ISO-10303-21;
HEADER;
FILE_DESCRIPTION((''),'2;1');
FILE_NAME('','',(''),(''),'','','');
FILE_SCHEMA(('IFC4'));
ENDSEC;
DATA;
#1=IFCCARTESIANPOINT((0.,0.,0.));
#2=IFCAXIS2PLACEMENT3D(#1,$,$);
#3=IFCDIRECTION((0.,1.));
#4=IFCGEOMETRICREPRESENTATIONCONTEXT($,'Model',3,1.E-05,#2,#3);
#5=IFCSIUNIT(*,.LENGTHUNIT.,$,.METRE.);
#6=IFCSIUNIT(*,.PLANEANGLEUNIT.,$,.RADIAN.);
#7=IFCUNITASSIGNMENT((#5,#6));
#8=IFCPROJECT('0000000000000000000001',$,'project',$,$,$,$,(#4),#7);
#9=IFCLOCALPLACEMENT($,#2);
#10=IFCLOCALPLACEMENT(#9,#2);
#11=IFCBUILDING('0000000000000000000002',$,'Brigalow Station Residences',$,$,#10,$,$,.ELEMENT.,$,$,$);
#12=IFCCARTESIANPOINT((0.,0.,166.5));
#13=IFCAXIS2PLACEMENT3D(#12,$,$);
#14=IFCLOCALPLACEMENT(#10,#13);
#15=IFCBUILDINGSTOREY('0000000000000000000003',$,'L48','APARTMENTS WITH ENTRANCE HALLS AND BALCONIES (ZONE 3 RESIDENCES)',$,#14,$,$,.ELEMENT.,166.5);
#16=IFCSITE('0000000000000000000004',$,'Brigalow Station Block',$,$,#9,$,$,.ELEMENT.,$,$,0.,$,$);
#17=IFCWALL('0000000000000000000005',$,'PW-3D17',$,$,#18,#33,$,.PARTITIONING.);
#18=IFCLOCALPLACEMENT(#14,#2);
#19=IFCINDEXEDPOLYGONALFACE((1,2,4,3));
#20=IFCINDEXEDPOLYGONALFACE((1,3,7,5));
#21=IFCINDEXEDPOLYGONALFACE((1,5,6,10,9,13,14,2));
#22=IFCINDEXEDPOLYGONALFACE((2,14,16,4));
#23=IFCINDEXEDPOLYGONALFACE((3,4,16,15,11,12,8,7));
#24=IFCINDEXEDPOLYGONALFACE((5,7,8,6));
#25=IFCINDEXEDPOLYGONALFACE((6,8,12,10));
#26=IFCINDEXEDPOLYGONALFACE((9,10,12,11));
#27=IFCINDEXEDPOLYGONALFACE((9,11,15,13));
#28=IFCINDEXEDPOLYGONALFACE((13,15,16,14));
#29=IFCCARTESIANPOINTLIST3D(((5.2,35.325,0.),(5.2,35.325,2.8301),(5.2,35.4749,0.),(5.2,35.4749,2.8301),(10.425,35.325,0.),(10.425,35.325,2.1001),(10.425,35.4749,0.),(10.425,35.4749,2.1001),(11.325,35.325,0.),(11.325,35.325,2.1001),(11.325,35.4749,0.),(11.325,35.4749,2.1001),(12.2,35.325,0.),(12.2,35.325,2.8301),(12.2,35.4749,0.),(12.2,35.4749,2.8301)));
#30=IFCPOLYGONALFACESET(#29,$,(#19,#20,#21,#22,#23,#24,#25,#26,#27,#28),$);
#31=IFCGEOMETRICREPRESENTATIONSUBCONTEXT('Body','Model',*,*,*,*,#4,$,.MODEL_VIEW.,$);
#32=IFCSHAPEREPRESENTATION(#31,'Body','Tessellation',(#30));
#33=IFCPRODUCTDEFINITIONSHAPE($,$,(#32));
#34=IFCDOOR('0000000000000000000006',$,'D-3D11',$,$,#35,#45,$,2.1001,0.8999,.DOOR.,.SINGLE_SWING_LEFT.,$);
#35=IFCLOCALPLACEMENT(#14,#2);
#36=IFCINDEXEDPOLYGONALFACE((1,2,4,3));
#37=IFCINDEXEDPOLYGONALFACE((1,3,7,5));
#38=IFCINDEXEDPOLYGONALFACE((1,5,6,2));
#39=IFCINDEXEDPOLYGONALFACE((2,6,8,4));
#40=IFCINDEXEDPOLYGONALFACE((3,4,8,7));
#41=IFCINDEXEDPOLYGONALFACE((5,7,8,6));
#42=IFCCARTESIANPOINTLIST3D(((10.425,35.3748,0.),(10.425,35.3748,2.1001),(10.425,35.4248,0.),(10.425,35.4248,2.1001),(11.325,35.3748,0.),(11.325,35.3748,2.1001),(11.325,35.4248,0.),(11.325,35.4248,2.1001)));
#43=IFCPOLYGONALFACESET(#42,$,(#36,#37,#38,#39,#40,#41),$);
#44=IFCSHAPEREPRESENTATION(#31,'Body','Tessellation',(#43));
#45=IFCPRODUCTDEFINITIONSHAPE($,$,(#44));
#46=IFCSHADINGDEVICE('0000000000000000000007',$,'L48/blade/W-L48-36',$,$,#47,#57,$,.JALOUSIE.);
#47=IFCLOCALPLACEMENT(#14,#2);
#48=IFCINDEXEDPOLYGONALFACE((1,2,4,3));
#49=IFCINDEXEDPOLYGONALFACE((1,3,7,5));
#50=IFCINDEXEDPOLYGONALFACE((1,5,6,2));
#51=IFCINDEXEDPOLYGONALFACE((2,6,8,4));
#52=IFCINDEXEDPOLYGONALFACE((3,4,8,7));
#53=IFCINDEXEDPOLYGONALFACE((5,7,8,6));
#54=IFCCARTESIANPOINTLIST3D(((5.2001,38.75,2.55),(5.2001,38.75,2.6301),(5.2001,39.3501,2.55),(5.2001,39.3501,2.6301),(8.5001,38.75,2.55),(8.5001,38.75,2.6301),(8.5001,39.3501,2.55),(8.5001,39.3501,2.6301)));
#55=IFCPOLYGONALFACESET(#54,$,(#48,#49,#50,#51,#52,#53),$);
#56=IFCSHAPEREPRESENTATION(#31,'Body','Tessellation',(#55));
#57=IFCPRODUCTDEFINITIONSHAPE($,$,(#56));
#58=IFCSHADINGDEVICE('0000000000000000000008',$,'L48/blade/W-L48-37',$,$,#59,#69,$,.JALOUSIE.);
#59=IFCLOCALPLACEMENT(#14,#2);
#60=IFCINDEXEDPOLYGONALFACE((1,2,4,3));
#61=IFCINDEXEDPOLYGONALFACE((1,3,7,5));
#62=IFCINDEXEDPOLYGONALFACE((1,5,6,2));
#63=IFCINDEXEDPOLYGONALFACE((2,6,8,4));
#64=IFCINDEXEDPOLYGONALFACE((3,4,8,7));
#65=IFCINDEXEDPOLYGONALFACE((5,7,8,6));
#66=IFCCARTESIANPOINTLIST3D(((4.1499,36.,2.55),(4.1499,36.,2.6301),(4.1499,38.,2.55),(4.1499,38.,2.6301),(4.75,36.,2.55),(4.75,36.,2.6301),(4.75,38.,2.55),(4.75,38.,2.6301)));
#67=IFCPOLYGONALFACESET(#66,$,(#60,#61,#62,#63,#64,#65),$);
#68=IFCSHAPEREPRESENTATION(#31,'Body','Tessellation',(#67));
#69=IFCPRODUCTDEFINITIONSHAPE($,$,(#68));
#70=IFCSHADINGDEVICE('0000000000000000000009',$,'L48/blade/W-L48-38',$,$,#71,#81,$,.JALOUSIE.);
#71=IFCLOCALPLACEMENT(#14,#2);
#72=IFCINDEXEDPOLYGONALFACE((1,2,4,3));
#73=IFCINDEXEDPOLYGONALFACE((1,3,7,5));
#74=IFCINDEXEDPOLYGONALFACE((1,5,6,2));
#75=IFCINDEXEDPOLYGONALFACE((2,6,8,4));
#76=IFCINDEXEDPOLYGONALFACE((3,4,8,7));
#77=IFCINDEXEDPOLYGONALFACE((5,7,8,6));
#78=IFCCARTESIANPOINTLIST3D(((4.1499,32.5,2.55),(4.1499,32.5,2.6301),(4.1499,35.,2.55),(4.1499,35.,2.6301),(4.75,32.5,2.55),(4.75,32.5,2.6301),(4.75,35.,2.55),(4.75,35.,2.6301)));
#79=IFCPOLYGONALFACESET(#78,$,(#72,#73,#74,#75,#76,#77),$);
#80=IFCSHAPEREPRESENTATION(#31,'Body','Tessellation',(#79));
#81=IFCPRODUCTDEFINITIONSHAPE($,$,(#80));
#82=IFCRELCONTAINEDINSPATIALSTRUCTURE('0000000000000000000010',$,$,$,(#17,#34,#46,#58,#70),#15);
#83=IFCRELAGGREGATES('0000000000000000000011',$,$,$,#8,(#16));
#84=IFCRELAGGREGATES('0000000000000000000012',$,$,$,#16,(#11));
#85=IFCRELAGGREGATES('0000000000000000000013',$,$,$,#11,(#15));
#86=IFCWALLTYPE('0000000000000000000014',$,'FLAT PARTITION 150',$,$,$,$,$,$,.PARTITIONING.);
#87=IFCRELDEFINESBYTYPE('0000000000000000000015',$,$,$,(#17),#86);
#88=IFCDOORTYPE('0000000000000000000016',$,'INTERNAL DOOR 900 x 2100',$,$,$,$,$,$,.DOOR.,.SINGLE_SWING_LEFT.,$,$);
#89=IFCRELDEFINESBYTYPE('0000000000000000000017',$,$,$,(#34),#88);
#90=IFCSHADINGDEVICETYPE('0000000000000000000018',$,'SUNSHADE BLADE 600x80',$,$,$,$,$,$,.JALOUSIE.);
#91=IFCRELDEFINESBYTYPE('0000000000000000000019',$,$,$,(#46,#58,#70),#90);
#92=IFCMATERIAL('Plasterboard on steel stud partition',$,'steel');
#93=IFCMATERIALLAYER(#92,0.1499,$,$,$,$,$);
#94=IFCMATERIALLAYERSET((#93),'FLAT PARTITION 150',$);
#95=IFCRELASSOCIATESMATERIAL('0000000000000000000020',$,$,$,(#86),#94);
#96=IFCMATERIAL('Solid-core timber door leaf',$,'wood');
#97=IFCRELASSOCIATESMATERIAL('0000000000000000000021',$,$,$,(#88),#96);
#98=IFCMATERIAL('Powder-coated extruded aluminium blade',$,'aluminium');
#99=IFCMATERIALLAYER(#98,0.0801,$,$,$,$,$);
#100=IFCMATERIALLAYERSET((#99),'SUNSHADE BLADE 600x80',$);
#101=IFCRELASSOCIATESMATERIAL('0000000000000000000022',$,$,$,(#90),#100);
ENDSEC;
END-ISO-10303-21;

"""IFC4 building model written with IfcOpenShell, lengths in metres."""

from ifc_helpers import new_model, si_unit, direction, frame, frame_2d, origin, origin_2d, place, context, subcontext, project, spatial, rectangle, extrude, material, layer, layer_set, type_object, element, fill, save


model = new_model("IFC4")

# Units and contexts
model_context = context("Model", 3, precision=1e-05, world=origin(), true_north=direction((0.0, 1.0)))
body_context = subcontext(model_context, "Body", "Model", "MODEL_VIEW")
ifc_project = project(units=[si_unit("LENGTHUNIT", "METRE"), si_unit("PLANEANGLEUNIT", "RADIAN")], contexts=[model_context])

# Site, building, storey
site_placement = place(None, origin())
site = spatial("IfcSite", under=ifc_project, at=site_placement, Name="Brigalow Station Block", CompositionType="ELEMENT", RefElevation=0.0)
building_placement = place(site_placement, origin())
building = spatial("IfcBuilding", under=site, at=building_placement, Name="Brigalow Station Residences", CompositionType="ELEMENT")
storey_placement = place(building_placement, frame((0.0, 0.0, 166.5)))
storey = spatial("IfcBuildingStorey", under=building, at=storey_placement, Name="L48", Description="APARTMENTS WITH ENTRANCE HALLS AND BALCONIES (ZONE 3 RESIDENCES)", CompositionType="ELEMENT", Elevation=166.5)

# Wall, opening, door
ifc_material_1 = material(Name="Plasterboard on steel stud partition", Category="steel")
ifc_layer_1 = layer(ifc_material_1, 0.1499)
ifc_layer_set_1 = layer_set([ifc_layer_1], Name="FLAT PARTITION 150")
wall_type_1 = type_object("IfcWallType", Name="FLAT PARTITION 150", PredefinedType="PARTITIONING", material=ifc_layer_set_1)
wall_1_placement = place(storey_placement, frame((5.2, 35.3999, 0.0), z_axis=(0.0, 0.0, 1.0), x_axis=(1.0, 0.0, 0.0)))
wall_1 = element("IfcWall", 1, at=wall_1_placement, inside=storey, type_object=wall_type_1, Name="PW-3D17", PredefinedType="PARTITIONING", context=body_context, shape_type="SweptSolid", body=[
    extrude(rectangle(XDim=7.0, YDim=0.1499, at=frame_2d((3.5, 0.0))), origin(), (0.0, 0.0, 1.0), 2.8301),
])
opening_1_placement = place(wall_1_placement, frame((5.2251, 0.0, 0.0)))
opening_1 = element("IfcOpeningElement", 2, at=opening_1_placement, cuts=wall_1, PredefinedType="OPENING", context=body_context, shape_type="SweptSolid", body=[
    extrude(rectangle(XDim=0.8999, YDim=2.1001, at=frame_2d((0.45, 1.05))), frame((0.0, 0.085, 0.0), z_axis=(0.0, -1.0, 0.0), x_axis=(1.0, 0.0, 0.0)), (0.0, 0.0, 1.0), 0.1699),
])
ifc_material_2 = material(Name="Solid-core timber door leaf", Category="wood")
door_type = type_object("IfcDoorType", Name="INTERNAL DOOR 900 x 2100", OperationType="SINGLE_SWING_LEFT", PredefinedType="DOOR", material=ifc_material_2)
door_placement = place(opening_1_placement, origin())
door = element("IfcDoor", 3, at=door_placement, inside=storey, type_object=door_type, Name="D-3D11", OperationType="SINGLE_SWING_LEFT", OverallHeight=2.1001, OverallWidth=0.8999, PredefinedType="DOOR", context=body_context, shape_type="SweptSolid", body=[
    extrude(rectangle(XDim=0.8999, YDim=2.1001, at=frame_2d((0.45, 1.05))), frame((0.0, 0.0249, 0.0), z_axis=(0.0, -1.0, 0.0), x_axis=(1.0, 0.0, 0.0)), (0.0, 0.0, 1.0), 0.05),
])
fill(opening_1, door)

# Shading devices
ifc_material_3 = material(Name="Powder-coated extruded aluminium blade", Category="aluminium")
ifc_layer_2 = layer(ifc_material_3, 0.0801)
ifc_layer_set_2 = layer_set([ifc_layer_2], Name="SUNSHADE BLADE 600x80")
shading_device_type = type_object("IfcShadingDeviceType", Name="SUNSHADE BLADE 600x80", PredefinedType="JALOUSIE", material=ifc_layer_set_2)
shading_device_1_placement = place(storey_placement, frame((6.8501, 39.05, 2.55), z_axis=(0.0, 0.0, 1.0), x_axis=(-1.0, 0.0, 0.0)))
element("IfcShadingDevice", 4, at=shading_device_1_placement, inside=storey, type_object=shading_device_type, Name="L48/blade/W-L48-36", PredefinedType="JALOUSIE", context=body_context, shape_type="SweptSolid", body=[
    extrude(rectangle(XDim=3.3, YDim=0.6001, at=origin_2d()), origin(), (0.0, 0.0, 1.0), 0.0801),
])
shading_device_2_placement = place(storey_placement, frame((4.45, 37.0, 2.55), z_axis=(0.0, 0.0, 1.0), x_axis=(0.0, -1.0, 0.0)))
element("IfcShadingDevice", 5, at=shading_device_2_placement, inside=storey, type_object=shading_device_type, Name="L48/blade/W-L48-37", PredefinedType="JALOUSIE", context=body_context, shape_type="SweptSolid", body=[
    extrude(rectangle(XDim=2.0, YDim=0.6001, at=origin_2d()), origin(), (0.0, 0.0, 1.0), 0.0801),
])
shading_device_3_placement = place(storey_placement, frame((4.45, 33.75, 2.55), z_axis=(0.0, 0.0, 1.0), x_axis=(0.0, -1.0, 0.0)))
element("IfcShadingDevice", 6, at=shading_device_3_placement, inside=storey, type_object=shading_device_type, Name="L48/blade/W-L48-38", PredefinedType="JALOUSIE", context=body_context, shape_type="SweptSolid", body=[
    extrude(rectangle(XDim=2.5, YDim=0.6001, at=origin_2d()), origin(), (0.0, 0.0, 1.0), 0.0801),
])

save(model, "model.ifc")
